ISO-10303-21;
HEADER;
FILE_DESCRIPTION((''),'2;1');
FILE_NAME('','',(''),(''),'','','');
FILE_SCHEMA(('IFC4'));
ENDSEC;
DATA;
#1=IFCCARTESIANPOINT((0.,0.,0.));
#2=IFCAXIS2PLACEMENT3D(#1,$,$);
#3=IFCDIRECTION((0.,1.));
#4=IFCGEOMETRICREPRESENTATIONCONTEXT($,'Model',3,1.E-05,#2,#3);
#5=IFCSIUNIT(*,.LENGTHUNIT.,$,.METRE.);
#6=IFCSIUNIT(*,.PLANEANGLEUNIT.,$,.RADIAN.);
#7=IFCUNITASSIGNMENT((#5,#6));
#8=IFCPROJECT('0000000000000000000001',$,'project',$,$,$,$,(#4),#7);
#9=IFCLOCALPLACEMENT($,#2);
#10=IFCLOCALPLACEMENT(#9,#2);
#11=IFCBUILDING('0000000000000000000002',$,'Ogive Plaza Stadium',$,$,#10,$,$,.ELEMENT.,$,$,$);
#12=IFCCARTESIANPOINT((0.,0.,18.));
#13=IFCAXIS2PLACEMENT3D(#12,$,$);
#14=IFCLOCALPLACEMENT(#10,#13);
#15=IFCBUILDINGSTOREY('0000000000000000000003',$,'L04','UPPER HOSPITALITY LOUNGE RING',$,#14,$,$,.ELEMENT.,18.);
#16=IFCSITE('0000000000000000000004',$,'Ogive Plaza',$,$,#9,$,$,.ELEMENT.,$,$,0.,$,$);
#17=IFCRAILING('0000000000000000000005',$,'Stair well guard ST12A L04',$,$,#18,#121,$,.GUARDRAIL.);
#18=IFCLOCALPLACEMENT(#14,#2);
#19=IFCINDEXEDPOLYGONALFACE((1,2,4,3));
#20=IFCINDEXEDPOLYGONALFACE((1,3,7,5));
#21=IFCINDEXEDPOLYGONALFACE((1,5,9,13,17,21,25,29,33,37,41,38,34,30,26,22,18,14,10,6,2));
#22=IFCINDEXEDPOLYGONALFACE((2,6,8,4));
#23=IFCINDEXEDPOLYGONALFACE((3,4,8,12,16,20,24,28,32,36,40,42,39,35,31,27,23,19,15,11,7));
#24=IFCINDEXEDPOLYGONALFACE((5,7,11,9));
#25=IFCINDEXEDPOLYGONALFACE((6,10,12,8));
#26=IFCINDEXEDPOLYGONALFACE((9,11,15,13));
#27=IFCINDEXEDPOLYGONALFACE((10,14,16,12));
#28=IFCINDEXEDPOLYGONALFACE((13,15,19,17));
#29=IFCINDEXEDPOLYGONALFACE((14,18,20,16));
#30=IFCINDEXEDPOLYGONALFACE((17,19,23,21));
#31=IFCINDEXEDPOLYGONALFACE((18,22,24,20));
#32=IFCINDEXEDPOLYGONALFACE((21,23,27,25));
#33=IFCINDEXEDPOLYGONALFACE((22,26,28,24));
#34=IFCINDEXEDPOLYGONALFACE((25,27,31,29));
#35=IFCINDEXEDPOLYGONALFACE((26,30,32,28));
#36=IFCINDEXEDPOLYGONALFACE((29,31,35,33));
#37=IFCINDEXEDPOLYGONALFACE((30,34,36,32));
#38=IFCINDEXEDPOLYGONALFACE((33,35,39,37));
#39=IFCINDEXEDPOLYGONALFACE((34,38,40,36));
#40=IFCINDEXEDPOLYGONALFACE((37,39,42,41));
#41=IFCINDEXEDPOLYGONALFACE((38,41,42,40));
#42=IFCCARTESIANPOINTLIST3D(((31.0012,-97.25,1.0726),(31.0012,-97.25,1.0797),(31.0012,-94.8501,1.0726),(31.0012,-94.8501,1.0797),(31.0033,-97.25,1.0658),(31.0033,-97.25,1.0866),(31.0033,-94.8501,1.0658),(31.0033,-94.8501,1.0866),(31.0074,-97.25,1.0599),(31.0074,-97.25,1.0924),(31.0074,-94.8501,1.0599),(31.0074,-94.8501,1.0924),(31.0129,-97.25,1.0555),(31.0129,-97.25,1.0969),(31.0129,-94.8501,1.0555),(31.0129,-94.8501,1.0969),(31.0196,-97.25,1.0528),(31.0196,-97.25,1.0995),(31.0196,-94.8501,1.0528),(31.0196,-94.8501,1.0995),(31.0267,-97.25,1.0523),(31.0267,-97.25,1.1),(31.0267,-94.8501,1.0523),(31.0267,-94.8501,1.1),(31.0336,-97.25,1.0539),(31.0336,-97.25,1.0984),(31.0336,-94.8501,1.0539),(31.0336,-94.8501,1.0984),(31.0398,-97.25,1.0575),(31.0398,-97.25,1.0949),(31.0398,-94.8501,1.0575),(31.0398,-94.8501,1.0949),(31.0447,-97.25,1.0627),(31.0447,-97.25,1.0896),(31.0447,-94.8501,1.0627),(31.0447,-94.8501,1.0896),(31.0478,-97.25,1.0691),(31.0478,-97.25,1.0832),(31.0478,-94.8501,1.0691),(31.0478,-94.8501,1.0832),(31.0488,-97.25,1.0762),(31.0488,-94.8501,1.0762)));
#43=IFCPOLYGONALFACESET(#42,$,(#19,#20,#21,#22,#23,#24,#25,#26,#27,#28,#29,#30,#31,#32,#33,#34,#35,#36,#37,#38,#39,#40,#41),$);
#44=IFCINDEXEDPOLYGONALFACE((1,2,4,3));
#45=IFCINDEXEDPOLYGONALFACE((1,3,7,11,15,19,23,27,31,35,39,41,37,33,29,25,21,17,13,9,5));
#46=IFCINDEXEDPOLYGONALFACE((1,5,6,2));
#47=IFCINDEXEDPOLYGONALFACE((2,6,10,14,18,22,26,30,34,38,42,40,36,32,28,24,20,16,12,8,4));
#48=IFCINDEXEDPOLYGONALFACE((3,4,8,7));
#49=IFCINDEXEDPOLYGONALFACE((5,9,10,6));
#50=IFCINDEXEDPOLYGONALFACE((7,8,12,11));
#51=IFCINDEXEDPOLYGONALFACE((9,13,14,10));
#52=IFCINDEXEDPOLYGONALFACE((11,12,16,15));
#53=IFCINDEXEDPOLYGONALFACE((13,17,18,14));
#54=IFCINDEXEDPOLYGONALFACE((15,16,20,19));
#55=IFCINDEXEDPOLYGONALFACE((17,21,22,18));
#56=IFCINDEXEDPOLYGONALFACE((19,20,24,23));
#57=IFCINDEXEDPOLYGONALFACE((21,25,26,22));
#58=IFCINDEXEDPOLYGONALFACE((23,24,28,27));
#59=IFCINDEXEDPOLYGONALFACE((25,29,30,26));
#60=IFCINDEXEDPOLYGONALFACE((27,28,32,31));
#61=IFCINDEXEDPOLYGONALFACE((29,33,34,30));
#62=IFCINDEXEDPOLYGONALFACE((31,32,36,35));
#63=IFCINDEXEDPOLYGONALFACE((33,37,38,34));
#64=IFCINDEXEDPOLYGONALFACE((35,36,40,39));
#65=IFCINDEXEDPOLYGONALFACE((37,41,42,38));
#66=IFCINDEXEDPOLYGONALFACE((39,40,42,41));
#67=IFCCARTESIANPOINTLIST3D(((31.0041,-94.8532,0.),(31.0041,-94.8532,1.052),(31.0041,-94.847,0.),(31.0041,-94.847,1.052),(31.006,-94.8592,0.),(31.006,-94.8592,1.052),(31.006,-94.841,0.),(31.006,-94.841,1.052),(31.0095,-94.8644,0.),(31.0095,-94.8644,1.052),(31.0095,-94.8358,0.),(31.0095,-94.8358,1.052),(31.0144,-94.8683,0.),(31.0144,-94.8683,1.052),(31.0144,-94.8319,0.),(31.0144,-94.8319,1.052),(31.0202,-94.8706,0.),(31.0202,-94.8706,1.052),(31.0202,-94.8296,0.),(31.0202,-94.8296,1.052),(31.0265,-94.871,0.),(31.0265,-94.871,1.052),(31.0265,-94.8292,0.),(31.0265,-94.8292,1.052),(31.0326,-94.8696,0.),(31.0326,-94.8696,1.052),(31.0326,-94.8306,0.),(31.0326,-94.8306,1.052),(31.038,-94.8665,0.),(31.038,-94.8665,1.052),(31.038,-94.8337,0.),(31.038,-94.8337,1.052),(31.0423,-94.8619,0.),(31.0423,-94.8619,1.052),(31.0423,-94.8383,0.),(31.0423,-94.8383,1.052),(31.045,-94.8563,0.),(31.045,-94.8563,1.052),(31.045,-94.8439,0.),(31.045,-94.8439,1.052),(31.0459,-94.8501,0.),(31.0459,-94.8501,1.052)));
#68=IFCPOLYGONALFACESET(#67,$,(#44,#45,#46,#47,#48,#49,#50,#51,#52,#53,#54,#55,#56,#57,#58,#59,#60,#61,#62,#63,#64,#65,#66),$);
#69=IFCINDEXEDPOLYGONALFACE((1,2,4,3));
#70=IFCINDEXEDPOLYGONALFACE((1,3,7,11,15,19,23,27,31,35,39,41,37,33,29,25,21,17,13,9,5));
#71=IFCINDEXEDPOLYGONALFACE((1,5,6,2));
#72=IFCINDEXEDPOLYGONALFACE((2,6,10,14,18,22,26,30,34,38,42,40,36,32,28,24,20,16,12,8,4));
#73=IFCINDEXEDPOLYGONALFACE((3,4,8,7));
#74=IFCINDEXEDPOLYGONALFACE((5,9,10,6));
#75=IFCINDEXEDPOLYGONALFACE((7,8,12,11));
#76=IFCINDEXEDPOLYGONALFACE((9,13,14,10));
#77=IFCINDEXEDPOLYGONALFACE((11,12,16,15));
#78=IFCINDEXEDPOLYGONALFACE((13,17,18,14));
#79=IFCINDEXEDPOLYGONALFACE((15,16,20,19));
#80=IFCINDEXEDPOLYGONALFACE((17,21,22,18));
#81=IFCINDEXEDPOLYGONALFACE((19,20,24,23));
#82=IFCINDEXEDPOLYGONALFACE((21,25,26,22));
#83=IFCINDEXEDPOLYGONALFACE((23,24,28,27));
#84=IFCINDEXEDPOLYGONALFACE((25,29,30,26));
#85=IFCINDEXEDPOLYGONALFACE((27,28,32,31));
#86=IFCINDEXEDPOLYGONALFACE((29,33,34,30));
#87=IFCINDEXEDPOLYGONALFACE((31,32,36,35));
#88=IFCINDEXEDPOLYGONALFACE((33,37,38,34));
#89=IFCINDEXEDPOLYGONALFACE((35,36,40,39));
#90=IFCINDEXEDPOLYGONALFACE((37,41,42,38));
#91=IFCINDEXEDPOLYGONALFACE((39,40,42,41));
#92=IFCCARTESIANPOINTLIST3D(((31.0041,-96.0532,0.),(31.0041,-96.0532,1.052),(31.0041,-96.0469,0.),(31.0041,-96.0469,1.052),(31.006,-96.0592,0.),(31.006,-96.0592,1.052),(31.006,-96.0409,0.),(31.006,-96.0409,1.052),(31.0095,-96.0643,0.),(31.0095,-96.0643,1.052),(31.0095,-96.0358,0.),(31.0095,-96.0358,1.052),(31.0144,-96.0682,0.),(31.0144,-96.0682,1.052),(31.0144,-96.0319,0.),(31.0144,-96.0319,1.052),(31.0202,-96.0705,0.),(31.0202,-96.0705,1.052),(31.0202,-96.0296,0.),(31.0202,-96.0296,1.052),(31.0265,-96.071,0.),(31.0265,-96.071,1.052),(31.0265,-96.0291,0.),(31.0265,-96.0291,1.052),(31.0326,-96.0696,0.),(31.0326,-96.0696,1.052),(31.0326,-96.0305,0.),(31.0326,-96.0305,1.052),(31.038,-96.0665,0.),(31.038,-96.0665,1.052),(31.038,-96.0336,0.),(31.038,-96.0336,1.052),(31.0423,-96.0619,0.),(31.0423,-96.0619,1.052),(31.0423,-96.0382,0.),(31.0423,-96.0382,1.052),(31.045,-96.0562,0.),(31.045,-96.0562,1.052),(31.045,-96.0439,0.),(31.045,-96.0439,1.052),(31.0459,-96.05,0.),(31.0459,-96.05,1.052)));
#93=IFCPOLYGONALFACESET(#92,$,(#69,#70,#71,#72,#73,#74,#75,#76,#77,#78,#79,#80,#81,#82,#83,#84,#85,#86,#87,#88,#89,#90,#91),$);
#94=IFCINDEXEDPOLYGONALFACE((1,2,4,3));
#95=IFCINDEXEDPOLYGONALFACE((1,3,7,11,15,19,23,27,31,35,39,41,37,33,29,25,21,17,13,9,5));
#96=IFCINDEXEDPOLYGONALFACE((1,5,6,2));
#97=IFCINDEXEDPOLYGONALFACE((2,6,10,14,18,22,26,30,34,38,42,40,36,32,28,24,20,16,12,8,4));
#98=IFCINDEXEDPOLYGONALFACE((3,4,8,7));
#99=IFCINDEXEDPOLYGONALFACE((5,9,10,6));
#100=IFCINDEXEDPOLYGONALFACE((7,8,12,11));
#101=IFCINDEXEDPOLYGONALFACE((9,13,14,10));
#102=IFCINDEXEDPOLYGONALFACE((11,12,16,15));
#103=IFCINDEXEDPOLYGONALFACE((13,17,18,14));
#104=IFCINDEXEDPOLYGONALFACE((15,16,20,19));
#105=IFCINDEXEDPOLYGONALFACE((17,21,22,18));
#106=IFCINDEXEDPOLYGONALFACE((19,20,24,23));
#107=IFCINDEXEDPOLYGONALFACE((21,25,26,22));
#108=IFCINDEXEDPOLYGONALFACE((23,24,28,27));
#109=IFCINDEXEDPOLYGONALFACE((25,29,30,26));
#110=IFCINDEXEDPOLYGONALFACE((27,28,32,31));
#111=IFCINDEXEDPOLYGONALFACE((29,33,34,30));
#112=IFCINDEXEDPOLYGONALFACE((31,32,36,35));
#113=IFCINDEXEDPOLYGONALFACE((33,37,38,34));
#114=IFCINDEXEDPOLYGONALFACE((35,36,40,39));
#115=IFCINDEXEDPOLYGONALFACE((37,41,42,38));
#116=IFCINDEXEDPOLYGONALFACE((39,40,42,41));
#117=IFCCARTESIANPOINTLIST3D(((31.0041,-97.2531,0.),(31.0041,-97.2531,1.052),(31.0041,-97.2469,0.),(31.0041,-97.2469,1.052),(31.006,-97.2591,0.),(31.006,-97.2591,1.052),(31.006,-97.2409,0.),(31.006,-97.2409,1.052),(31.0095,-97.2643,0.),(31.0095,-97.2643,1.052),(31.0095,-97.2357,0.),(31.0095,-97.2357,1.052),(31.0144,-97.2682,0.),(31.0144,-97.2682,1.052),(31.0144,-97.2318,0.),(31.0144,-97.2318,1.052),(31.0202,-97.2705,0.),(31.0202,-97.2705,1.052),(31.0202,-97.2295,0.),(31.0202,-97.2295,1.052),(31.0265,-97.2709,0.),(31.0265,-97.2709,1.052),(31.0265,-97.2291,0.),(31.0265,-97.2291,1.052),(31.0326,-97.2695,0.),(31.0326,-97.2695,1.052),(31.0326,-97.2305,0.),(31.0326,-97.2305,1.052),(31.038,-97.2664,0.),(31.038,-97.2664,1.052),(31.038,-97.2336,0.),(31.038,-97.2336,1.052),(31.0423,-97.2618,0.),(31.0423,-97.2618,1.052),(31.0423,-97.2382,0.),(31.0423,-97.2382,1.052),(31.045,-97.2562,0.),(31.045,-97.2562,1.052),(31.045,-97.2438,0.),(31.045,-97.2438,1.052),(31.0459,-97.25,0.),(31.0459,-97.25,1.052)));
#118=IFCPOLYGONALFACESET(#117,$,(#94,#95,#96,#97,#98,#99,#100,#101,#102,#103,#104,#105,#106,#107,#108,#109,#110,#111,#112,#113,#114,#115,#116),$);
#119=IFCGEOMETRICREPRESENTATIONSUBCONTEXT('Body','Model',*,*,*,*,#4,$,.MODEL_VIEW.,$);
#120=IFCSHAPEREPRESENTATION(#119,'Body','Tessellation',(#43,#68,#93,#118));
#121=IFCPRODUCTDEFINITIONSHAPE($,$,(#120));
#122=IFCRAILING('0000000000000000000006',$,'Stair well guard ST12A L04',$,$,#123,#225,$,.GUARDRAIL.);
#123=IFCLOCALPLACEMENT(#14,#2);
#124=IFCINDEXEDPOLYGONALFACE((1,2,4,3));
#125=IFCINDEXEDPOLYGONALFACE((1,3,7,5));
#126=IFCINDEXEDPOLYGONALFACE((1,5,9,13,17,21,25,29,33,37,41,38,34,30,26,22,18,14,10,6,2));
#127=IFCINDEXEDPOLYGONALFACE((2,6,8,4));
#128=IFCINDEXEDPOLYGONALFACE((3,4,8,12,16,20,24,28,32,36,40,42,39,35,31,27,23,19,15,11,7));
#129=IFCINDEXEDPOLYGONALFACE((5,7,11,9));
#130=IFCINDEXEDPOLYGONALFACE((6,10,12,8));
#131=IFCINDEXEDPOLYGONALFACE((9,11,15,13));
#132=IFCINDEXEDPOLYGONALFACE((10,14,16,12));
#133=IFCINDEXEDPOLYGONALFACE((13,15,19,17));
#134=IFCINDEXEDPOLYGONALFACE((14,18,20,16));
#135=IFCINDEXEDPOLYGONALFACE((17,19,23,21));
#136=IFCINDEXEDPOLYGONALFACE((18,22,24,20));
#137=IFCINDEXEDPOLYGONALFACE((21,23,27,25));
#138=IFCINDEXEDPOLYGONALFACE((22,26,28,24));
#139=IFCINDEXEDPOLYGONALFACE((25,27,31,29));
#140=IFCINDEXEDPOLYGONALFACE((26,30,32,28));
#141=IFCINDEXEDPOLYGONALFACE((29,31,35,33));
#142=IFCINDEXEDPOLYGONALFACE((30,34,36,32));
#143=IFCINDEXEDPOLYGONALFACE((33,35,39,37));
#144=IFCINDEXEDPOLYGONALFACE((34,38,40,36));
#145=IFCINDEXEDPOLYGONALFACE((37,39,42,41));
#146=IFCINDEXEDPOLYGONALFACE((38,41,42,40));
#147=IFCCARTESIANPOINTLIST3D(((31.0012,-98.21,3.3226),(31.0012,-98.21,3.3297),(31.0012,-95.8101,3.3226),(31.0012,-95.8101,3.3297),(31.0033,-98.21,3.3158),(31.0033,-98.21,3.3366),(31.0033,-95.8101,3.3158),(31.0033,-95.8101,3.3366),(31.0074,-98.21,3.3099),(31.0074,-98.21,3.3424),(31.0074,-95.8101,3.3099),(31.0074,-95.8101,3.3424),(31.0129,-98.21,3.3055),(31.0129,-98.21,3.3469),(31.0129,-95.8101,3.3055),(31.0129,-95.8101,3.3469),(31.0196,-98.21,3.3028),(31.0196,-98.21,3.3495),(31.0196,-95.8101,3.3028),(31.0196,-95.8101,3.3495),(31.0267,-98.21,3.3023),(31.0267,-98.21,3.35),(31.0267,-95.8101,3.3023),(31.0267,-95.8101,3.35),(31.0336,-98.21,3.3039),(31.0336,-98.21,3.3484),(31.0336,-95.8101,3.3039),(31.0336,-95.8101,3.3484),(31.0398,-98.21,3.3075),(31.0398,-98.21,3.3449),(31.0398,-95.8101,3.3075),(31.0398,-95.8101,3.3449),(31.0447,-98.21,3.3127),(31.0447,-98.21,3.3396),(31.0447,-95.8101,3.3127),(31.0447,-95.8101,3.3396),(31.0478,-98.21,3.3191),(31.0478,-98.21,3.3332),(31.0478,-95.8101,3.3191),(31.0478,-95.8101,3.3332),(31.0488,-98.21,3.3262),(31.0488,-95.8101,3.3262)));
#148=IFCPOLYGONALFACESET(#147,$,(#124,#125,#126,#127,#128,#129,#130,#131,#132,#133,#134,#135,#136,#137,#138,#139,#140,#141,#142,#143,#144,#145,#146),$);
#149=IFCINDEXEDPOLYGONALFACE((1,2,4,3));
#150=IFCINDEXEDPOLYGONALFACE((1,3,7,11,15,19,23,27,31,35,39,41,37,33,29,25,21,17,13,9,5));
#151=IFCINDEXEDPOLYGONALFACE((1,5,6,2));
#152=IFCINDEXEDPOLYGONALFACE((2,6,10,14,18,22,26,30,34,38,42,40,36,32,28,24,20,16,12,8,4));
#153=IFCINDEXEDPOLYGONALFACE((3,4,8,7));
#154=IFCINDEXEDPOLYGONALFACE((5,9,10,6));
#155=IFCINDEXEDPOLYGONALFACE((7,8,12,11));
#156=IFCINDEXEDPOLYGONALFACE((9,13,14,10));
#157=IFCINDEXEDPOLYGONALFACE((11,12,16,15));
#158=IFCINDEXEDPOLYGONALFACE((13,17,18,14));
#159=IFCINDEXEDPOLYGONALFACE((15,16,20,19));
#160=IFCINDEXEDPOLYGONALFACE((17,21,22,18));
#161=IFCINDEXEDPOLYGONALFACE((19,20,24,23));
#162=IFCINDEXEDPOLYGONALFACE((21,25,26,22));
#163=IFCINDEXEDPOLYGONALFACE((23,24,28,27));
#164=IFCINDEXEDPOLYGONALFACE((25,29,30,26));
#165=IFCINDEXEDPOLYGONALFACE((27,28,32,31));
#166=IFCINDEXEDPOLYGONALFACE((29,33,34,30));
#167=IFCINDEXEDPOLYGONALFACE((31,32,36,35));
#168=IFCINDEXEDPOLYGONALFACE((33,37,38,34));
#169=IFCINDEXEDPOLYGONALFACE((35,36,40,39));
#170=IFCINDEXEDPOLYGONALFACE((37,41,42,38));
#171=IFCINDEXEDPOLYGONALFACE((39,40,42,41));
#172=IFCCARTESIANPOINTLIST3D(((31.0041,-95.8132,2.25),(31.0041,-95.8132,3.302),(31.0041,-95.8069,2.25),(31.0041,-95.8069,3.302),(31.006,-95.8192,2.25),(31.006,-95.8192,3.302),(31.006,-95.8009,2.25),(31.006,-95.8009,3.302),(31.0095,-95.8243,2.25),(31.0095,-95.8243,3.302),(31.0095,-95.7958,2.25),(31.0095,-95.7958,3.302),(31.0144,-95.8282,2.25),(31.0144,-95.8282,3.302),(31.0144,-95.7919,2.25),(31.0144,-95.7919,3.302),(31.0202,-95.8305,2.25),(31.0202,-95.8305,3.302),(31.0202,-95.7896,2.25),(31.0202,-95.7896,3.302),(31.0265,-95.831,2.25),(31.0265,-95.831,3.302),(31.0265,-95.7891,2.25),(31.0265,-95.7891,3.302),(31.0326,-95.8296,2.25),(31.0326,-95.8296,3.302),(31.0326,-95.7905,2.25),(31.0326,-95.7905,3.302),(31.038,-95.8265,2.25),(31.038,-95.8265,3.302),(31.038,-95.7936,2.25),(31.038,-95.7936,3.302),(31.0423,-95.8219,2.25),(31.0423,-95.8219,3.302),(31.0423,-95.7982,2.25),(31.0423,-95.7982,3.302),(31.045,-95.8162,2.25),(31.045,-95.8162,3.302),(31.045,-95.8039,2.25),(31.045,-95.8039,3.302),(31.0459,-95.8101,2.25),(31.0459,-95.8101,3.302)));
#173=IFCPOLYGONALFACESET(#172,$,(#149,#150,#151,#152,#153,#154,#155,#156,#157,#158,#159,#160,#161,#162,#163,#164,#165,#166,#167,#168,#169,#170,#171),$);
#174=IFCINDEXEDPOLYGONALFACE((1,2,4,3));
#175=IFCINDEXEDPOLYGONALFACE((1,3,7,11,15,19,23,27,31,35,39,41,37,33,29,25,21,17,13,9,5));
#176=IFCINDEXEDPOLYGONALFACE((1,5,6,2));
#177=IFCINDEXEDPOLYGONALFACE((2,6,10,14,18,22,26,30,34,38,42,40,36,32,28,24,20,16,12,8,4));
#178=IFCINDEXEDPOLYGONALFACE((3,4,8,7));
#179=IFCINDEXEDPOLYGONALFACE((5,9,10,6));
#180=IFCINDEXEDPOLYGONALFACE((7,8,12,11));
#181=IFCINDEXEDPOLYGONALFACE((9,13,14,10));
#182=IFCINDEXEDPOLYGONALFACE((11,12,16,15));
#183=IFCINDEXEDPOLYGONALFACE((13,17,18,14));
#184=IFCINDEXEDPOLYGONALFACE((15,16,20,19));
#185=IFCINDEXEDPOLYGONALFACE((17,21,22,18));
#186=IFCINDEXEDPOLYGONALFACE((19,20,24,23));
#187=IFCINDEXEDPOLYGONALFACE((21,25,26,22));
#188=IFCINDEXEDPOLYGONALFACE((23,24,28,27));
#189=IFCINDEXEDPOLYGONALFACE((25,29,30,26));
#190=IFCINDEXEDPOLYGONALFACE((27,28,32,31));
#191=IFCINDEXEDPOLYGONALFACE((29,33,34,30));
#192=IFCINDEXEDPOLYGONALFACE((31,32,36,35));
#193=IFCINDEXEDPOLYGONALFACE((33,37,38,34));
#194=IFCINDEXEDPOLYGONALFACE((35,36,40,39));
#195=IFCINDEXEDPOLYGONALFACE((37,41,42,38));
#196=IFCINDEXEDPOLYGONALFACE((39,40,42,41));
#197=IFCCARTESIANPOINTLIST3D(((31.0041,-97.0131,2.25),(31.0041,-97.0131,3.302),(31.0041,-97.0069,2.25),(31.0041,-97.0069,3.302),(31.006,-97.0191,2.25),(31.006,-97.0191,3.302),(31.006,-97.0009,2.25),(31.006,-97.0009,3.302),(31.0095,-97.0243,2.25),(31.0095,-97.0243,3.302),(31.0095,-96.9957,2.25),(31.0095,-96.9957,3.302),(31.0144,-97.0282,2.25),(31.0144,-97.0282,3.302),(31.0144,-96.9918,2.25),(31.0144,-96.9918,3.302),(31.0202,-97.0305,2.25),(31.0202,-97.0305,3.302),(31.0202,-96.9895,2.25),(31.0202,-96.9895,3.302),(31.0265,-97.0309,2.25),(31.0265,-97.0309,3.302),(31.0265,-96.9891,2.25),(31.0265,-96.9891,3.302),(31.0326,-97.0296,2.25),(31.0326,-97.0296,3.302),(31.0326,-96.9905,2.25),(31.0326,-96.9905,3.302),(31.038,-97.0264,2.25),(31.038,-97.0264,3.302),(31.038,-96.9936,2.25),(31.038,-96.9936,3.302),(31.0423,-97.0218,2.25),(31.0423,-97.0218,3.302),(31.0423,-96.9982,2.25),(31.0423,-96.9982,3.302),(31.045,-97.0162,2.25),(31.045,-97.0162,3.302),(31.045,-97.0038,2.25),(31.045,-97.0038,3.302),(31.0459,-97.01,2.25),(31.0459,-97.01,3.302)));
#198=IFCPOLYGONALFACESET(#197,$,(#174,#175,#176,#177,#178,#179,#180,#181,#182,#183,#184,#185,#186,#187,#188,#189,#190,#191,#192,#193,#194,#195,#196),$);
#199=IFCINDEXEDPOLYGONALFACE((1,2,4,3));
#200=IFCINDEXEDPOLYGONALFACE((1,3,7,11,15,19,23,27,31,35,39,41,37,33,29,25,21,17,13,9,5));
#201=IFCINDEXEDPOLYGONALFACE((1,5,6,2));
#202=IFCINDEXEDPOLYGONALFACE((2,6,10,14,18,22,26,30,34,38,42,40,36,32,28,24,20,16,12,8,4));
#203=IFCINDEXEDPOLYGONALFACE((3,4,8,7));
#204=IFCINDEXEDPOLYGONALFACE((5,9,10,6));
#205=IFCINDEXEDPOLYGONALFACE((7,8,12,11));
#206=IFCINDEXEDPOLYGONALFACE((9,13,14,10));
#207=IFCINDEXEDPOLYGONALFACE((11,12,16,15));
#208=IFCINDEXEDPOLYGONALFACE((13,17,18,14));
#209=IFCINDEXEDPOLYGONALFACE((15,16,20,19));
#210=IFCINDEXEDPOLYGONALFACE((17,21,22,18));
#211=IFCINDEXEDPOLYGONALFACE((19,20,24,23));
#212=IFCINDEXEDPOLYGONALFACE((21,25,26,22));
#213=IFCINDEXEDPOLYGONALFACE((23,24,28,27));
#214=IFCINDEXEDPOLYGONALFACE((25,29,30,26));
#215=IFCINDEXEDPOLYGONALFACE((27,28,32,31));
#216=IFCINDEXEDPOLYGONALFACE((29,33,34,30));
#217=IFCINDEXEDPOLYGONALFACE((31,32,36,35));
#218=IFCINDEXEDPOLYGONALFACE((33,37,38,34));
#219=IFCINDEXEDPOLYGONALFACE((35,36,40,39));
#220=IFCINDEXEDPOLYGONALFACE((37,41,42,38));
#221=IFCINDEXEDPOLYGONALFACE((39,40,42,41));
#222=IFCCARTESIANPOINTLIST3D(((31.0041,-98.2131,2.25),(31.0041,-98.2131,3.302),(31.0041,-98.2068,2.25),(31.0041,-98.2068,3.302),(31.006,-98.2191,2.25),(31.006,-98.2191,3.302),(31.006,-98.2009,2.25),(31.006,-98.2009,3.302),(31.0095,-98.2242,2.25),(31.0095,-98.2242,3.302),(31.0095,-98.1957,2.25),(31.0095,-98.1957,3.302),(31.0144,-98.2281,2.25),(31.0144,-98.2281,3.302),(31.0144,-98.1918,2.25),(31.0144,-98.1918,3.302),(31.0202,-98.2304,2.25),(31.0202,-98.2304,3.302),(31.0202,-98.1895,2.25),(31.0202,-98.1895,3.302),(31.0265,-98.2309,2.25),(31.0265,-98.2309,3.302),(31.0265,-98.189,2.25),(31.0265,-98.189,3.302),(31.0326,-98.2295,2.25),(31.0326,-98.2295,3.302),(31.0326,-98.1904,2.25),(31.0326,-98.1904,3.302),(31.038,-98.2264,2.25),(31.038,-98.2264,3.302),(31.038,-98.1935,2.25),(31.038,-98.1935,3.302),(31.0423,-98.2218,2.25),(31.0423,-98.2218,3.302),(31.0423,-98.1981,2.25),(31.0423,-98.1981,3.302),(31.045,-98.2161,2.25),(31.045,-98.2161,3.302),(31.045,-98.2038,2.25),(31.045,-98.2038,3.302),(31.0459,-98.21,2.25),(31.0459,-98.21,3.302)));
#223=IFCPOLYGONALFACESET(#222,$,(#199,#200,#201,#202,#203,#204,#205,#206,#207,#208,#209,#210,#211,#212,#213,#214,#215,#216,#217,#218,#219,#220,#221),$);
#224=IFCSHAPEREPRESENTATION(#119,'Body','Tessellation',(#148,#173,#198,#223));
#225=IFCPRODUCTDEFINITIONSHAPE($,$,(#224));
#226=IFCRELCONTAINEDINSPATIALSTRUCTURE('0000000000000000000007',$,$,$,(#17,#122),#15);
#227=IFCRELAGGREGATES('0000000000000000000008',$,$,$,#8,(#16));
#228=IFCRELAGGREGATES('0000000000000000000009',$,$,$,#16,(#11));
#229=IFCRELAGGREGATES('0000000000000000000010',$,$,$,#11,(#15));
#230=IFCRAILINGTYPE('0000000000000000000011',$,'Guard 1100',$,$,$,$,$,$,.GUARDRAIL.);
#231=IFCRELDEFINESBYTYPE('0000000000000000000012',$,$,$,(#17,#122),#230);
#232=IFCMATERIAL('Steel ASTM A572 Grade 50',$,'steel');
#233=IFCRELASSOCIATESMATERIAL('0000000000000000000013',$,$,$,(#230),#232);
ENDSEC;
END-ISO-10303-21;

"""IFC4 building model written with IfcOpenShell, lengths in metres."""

from ifc_helpers import new_model, si_unit, direction, frame, origin, origin_2d, place, context, subcontext, project, spatial, circle, extrude, material, type_object, element, save


model = new_model("IFC4")

# Units and contexts
model_context = context("Model", 3, precision=1e-05, world=origin(), true_north=direction((0.0, 1.0)))
body_context = subcontext(model_context, "Body", "Model", "MODEL_VIEW")
ifc_project = project(units=[si_unit("LENGTHUNIT", "METRE"), si_unit("PLANEANGLEUNIT", "RADIAN")], contexts=[model_context])

# Site, building, storey
site_placement = place(None, origin())
site = spatial("IfcSite", under=ifc_project, at=site_placement, Name="Ogive Plaza", CompositionType="ELEMENT", RefElevation=0.0)
building_placement = place(site_placement, origin())
building = spatial("IfcBuilding", under=site, at=building_placement, Name="Ogive Plaza Stadium", CompositionType="ELEMENT")
storey_placement = place(building_placement, frame((0.0, 0.0, 18.0)))
storey = spatial("IfcBuildingStorey", under=building, at=storey_placement, Name="L04", Description="UPPER HOSPITALITY LOUNGE RING", CompositionType="ELEMENT", Elevation=18.0)

# Railings
ifc_material_1 = material(Name="Steel ASTM A572 Grade 50", Category="steel")
railing_type_1 = type_object("IfcRailingType", Name="Guard 1100", PredefinedType="GUARDRAIL", material=ifc_material_1)
for number, where, name in (
    (1, (31.0249, -94.8501, 0.0), "Stair well guard ST12A L04"),
    (2, (31.0249, -95.8101, 2.25), "Stair well guard ST12A L04"),
):
    element("IfcRailing", number, at=place(storey_placement, frame(where)), inside=storey, type_object=railing_type_1, Name=name, PredefinedType="GUARDRAIL", context=body_context, shape_type="SweptSolid", body=[
        extrude(circle(Radius=0.0239, at=origin_2d()), frame((0.0, 0.0, 1.0762), z_axis=(0.0, -1.0, 0.0), x_axis=(1.0, 0.0, 0.0)), (0.0, 0.0, 1.0), 2.3999),
        extrude(circle(Radius=0.021, at=origin_2d()), origin(), (0.0, 0.0, 1.0), 1.052),
        extrude(circle(Radius=0.021, at=origin_2d()), frame((0.0, -1.2, 0.0)), (0.0, 0.0, 1.0), 1.052),
        extrude(circle(Radius=0.021, at=origin_2d()), frame((0.0, -2.3999, 0.0)), (0.0, 0.0, 1.0), 1.052),
    ])

save(model, "model.ifc")
